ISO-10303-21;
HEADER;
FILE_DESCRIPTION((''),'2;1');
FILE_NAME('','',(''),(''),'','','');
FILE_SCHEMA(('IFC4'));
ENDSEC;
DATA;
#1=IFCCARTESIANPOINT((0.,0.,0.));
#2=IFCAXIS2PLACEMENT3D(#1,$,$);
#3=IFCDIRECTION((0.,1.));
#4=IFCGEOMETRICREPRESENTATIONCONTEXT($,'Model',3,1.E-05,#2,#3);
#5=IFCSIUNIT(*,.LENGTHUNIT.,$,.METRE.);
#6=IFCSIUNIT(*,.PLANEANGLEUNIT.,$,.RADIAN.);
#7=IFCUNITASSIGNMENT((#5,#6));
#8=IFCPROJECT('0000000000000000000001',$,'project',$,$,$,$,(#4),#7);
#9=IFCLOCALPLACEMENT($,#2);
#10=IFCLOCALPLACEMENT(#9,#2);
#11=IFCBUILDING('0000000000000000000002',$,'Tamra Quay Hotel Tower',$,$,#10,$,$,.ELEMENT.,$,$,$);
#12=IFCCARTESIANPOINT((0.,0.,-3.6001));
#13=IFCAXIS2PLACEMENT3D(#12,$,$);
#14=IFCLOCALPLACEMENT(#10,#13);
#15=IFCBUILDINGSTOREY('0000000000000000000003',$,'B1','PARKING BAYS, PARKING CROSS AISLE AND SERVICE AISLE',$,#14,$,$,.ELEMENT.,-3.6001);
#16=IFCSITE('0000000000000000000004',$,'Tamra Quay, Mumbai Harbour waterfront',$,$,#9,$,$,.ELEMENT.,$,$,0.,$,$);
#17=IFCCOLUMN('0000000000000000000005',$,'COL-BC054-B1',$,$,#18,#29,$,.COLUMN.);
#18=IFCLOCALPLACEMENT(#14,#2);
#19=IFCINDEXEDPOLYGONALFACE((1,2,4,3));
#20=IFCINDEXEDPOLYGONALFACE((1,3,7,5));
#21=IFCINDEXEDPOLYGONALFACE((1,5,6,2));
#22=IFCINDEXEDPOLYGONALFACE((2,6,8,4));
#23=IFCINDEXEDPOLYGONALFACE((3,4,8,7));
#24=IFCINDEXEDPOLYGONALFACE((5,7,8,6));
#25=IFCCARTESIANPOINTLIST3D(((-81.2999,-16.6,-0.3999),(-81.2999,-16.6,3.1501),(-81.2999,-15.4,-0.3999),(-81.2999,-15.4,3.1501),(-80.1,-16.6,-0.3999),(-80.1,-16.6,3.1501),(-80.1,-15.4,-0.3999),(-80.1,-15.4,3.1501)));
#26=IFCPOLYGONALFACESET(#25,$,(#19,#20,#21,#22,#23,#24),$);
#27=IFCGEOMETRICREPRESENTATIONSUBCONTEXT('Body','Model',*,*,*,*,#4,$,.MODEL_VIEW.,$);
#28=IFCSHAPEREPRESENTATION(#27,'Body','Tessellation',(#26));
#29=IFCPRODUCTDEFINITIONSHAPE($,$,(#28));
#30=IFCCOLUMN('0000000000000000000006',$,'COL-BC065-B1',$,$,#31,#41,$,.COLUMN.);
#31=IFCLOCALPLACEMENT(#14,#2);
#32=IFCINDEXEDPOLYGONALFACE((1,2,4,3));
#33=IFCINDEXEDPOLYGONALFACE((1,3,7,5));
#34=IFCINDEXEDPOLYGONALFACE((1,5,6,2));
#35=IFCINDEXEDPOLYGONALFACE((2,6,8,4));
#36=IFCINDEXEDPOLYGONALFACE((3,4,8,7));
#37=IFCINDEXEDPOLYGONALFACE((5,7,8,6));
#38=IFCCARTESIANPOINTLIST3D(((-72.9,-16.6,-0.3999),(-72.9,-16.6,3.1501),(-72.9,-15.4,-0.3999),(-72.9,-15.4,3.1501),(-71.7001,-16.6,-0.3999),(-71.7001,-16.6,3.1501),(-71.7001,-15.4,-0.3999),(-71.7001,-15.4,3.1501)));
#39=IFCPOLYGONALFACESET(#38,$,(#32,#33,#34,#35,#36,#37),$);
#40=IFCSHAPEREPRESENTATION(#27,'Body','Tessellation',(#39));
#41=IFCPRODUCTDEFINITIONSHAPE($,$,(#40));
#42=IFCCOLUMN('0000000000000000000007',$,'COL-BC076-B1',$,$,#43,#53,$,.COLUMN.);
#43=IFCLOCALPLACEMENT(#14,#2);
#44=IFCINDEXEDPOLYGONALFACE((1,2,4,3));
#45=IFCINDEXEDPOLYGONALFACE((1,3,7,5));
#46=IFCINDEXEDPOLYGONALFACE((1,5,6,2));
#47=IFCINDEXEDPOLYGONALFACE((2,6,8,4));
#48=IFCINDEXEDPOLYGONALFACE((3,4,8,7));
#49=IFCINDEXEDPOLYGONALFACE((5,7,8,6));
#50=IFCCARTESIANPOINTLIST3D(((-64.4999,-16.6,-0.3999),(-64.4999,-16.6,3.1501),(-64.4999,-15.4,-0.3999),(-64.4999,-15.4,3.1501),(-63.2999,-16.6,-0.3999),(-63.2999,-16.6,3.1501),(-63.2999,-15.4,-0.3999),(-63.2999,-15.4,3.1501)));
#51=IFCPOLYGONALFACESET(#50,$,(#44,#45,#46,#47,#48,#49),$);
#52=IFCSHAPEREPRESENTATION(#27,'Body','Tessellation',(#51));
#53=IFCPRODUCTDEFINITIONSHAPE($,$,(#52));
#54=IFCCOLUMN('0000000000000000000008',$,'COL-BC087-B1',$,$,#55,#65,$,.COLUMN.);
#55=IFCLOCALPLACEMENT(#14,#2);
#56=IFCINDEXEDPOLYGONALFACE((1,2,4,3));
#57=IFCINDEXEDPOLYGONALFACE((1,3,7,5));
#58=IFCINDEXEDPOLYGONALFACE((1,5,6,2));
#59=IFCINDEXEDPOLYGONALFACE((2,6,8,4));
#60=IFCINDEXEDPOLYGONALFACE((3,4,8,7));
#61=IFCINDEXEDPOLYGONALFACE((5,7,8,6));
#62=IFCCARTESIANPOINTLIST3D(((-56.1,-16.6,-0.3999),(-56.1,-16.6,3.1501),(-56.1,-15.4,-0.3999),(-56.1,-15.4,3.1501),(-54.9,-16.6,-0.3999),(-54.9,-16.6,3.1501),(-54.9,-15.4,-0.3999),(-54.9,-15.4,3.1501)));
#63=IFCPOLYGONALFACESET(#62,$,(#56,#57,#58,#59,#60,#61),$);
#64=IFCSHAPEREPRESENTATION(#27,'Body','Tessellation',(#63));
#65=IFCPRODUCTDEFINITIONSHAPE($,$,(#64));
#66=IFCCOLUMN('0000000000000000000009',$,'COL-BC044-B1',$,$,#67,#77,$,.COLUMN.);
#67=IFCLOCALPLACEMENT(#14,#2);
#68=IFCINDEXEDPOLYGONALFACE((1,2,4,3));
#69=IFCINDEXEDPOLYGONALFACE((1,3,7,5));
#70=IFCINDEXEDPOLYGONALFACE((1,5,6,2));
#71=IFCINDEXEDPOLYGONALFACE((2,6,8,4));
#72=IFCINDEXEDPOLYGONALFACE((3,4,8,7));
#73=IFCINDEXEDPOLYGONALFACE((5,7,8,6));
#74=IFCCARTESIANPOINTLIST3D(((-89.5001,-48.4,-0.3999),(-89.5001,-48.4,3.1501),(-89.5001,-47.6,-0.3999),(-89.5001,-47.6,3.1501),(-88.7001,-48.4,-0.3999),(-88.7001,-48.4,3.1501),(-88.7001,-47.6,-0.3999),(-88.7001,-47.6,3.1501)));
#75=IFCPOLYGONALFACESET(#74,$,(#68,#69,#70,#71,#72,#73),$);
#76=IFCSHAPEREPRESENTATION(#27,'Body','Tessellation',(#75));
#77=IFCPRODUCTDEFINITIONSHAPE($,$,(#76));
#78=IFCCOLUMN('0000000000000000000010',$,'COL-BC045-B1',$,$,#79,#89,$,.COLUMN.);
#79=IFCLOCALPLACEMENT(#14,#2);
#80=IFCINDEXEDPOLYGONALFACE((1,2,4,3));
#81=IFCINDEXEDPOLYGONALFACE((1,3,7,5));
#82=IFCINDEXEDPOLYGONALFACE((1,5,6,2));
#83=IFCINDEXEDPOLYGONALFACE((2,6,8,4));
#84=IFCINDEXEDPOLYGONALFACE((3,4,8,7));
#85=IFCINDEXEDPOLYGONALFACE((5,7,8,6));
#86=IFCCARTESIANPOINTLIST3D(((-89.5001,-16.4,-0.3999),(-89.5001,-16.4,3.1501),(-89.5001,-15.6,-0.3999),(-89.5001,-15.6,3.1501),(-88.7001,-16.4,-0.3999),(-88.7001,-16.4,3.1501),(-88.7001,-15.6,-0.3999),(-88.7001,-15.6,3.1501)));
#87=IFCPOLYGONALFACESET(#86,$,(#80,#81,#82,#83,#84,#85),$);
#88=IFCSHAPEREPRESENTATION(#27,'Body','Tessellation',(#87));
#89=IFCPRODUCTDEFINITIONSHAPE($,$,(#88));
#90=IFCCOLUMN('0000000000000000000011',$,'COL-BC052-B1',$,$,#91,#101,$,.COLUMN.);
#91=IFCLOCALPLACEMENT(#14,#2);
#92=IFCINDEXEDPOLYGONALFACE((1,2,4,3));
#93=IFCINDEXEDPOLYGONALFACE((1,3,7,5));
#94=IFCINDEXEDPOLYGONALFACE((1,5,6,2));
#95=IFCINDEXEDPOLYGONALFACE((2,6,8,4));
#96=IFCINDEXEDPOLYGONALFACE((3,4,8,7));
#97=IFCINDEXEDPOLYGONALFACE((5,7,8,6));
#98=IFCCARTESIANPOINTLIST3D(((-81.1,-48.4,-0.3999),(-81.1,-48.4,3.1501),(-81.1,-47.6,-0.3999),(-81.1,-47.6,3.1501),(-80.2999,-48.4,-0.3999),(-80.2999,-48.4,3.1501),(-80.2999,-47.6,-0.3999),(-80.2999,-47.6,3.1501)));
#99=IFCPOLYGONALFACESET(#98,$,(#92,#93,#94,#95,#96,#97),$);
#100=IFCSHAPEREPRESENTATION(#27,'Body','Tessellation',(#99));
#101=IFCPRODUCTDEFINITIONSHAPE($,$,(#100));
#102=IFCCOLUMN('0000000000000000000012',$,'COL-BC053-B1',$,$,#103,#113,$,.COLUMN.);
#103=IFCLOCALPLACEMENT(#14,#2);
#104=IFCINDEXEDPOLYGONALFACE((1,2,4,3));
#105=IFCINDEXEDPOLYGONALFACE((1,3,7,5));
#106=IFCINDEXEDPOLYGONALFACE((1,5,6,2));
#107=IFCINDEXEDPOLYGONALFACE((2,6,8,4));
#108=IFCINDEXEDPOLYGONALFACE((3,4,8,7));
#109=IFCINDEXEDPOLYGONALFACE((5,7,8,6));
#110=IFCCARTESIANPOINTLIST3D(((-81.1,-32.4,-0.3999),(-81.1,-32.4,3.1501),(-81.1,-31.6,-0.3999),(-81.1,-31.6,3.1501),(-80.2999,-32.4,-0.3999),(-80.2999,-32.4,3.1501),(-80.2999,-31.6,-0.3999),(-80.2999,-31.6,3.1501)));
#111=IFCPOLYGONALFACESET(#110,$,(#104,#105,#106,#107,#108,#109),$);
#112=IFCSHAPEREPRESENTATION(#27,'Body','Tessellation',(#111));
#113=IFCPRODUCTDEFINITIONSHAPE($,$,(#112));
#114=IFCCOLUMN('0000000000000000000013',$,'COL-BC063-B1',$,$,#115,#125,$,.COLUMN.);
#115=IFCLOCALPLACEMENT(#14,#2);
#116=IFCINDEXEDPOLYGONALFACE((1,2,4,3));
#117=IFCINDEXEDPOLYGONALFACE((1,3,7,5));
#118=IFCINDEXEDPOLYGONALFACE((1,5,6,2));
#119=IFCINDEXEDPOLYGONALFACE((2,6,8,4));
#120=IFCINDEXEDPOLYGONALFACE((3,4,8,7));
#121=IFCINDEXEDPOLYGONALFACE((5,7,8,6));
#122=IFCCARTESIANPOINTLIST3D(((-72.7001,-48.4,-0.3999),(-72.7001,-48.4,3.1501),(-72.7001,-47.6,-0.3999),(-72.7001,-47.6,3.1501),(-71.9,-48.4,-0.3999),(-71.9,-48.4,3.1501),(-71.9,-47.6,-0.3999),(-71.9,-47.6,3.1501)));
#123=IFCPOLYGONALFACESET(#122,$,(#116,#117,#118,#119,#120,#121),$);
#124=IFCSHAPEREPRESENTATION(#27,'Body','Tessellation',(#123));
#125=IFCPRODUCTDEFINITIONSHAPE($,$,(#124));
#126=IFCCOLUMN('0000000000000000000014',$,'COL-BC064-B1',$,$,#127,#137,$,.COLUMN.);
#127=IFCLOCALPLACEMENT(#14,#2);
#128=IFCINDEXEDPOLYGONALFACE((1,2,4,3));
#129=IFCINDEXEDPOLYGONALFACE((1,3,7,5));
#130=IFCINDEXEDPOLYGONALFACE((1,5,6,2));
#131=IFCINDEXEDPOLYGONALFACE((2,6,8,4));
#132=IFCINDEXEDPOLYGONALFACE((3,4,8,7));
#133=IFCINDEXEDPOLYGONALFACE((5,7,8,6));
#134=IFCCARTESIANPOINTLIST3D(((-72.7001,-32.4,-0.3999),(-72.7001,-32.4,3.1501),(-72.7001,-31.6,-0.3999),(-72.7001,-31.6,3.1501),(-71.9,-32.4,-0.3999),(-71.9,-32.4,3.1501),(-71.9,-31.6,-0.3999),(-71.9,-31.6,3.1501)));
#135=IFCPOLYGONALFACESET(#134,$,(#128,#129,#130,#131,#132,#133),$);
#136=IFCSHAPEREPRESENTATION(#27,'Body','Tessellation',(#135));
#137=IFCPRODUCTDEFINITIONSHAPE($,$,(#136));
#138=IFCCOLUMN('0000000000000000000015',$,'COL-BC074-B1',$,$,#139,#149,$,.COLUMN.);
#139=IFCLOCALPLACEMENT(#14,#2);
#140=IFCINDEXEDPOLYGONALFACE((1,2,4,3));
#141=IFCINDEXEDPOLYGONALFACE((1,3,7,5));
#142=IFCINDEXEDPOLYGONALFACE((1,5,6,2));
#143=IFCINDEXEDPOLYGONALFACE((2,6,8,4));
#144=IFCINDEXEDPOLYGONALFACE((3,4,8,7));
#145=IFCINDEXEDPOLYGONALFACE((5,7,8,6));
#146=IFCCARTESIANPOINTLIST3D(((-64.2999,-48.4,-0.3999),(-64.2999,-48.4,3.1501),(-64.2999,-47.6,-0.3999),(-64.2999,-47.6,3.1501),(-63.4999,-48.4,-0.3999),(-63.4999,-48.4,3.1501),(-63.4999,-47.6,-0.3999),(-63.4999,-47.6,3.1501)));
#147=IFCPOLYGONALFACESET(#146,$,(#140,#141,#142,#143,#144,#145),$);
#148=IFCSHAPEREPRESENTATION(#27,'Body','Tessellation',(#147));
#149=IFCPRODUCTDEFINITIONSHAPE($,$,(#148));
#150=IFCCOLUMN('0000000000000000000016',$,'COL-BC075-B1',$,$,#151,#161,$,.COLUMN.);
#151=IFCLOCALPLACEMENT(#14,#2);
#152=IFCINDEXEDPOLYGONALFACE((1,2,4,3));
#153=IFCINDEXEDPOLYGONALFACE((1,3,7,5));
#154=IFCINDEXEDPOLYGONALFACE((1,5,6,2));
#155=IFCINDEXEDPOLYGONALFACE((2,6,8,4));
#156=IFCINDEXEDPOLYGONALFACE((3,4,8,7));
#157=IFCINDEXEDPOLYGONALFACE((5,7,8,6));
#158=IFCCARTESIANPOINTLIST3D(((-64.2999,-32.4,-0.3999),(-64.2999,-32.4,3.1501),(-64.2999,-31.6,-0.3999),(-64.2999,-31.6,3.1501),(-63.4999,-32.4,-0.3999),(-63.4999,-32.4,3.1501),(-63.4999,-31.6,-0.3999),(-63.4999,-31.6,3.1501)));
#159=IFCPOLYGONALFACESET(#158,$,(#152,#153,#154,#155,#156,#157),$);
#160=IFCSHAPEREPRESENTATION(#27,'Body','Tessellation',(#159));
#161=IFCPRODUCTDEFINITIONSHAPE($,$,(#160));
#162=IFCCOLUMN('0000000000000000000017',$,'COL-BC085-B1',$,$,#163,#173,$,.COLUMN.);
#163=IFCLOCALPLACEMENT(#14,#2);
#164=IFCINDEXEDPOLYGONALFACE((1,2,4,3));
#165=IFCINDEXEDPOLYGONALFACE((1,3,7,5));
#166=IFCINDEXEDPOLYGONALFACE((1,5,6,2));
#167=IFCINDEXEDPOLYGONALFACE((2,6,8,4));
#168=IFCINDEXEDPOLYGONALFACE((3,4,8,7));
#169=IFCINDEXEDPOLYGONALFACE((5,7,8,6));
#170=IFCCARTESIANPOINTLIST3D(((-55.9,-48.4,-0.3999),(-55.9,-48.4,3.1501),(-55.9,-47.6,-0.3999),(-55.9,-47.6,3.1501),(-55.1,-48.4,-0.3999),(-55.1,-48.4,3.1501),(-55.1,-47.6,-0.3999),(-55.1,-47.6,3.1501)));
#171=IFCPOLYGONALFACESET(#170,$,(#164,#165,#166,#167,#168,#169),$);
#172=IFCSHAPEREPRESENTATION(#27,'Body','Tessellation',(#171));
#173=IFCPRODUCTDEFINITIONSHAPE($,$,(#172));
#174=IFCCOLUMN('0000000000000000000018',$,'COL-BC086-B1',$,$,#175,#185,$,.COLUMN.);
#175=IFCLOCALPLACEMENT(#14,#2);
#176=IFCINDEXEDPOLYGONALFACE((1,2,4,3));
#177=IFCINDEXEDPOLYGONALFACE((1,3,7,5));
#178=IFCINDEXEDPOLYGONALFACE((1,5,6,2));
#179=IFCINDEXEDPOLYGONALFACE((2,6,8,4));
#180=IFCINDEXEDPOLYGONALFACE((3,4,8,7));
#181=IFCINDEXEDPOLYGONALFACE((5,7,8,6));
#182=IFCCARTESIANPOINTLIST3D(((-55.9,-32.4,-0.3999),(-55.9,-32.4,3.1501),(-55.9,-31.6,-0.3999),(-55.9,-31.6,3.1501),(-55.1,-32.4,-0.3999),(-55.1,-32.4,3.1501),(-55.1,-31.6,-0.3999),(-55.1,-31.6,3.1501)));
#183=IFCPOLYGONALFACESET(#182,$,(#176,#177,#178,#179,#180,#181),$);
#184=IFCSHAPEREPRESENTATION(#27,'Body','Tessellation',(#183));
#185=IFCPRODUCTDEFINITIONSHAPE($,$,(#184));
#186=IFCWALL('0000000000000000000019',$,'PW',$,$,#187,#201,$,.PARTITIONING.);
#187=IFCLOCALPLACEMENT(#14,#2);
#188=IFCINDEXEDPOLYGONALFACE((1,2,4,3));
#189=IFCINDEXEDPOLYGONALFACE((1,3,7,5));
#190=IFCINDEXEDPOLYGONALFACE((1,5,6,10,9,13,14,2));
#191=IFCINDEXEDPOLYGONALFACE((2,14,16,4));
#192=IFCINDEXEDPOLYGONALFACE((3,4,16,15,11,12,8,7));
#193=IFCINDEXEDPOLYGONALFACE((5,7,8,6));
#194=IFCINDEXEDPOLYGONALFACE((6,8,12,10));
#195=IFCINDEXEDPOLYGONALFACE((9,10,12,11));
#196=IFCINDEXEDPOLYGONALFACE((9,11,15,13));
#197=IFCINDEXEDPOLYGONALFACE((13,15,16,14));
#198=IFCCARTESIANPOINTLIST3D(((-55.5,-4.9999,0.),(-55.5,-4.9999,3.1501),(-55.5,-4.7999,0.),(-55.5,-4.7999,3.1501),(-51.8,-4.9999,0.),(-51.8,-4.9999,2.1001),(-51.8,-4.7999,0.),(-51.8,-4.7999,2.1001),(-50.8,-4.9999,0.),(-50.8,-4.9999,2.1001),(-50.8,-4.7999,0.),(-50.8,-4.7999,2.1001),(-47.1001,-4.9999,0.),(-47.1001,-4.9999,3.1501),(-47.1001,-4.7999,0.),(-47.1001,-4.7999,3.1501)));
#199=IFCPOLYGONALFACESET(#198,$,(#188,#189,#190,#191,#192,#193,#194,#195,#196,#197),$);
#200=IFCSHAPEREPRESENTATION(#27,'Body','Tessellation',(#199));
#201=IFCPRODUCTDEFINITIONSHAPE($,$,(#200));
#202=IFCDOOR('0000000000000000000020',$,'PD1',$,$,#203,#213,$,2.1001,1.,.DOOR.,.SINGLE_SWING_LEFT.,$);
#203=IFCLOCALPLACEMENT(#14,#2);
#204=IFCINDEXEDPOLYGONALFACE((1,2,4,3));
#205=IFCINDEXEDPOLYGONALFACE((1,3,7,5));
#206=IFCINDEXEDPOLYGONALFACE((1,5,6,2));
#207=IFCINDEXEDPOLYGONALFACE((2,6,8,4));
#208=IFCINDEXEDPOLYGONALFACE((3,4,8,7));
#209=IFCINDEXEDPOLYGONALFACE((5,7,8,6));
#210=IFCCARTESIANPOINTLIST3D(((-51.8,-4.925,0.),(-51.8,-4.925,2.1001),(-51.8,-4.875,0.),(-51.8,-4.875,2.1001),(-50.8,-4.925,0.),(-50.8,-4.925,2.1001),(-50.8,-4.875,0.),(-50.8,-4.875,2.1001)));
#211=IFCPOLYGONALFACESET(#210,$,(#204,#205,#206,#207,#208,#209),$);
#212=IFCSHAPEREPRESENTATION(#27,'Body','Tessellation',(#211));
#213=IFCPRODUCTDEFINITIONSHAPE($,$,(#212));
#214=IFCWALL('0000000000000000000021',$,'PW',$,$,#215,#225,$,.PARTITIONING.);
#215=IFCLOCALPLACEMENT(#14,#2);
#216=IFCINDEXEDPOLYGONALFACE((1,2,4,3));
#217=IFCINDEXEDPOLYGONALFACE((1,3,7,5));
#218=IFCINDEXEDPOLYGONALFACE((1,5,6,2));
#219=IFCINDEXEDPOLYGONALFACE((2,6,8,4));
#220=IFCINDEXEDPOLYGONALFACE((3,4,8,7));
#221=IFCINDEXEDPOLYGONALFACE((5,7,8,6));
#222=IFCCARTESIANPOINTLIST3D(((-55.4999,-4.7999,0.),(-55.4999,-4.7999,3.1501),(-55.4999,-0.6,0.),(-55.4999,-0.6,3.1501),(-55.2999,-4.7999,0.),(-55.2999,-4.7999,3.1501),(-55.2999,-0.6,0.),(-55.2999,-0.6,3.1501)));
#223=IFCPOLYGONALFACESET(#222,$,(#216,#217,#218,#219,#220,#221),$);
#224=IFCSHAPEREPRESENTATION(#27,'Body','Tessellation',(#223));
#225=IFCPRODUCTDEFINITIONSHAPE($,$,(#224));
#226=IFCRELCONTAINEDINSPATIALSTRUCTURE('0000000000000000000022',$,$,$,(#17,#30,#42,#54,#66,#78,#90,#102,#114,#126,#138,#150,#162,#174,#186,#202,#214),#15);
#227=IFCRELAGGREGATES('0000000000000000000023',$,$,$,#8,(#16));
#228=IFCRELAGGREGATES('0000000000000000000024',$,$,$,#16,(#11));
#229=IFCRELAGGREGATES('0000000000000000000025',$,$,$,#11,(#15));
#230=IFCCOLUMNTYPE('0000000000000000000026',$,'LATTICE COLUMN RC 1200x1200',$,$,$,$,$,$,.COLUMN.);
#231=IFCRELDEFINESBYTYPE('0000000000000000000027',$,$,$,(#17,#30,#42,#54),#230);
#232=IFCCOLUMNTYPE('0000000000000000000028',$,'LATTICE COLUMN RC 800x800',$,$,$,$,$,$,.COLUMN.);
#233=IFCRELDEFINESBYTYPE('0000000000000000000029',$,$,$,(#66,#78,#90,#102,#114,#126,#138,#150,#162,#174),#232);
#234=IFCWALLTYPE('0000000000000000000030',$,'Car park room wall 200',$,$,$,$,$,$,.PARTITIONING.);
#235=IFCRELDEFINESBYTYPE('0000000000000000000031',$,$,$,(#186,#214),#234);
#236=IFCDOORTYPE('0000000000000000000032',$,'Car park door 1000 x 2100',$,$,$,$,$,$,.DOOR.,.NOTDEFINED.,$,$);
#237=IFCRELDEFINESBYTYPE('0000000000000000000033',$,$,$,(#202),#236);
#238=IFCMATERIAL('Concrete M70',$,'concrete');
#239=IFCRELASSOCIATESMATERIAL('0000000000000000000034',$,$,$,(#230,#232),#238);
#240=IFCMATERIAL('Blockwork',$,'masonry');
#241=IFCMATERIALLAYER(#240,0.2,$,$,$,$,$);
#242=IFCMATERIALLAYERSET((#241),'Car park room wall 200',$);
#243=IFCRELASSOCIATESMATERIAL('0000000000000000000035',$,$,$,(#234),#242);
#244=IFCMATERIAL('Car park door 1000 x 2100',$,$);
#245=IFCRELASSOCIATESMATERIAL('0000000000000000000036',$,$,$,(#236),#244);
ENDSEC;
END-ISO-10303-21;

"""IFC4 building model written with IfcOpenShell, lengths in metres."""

from ifc_helpers import new_model, si_unit, direction, frame, frame_2d, origin, origin_2d, place, context, subcontext, project, spatial, rectangle, extrude, material, layer, layer_set, material_profile, profile_set, type_object, element, fill, save


model = new_model("IFC4")

# Units and contexts
model_context = context("Model", 3, precision=1e-05, world=origin(), true_north=direction((0.0, 1.0)))
body_context = subcontext(model_context, "Body", "Model", "MODEL_VIEW")
ifc_project = project(units=[si_unit("LENGTHUNIT", "METRE"), si_unit("PLANEANGLEUNIT", "RADIAN")], contexts=[model_context])

# Site, building, storey
site_placement = place(None, origin())
site = spatial("IfcSite", under=ifc_project, at=site_placement, Name="Tamra Quay, Mumbai Harbour waterfront", CompositionType="ELEMENT", RefElevation=0.0)
building_placement = place(site_placement, origin())
building = spatial("IfcBuilding", under=site, at=building_placement, Name="Tamra Quay Hotel Tower", CompositionType="ELEMENT")
storey_placement = place(building_placement, frame((0.0, 0.0, -3.6001)))
storey = spatial("IfcBuildingStorey", under=building, at=storey_placement, Name="B1", Description="PARKING BAYS, PARKING CROSS AISLE AND SERVICE AISLE", CompositionType="ELEMENT", Elevation=-3.6001)

# Columns
ifc_material_1 = material(Name="Concrete M70", Category="concrete")
ifc_material_profile_1 = material_profile(ifc_material_1, rectangle(XDim=1.2, YDim=1.2, at=origin_2d()), Name="LATTICE COLUMN RC 1200x1200")
ifc_profile_set_1 = profile_set([ifc_material_profile_1], Name="Concrete M70")
column_type_1 = type_object("IfcColumnType", Name="LATTICE COLUMN RC 1200x1200", PredefinedType="COLUMN", material=ifc_profile_set_1)
for number, where, z_axis, x_axis, name in (
    (1, (-80.7, -16.0, -0.3999), (0.0, 0.0, 1.0), (1.0, 0.0, 0.0), "COL-BC054-B1"),
    (2, (-72.3, -16.0, -0.3999), (0.0, 0.0, 1.0), (1.0, 0.0, 0.0), "COL-BC065-B1"),
    (3, (-63.8999, -16.0, -0.3999), (0.0, 0.0, 1.0), (1.0, 0.0, 0.0), "COL-BC076-B1"),
    (4, (-55.5, -16.0, -0.3999), (0.0, 0.0, 1.0), (1.0, 0.0, 0.0), "COL-BC087-B1"),
):
    element("IfcColumn", number, at=place(storey_placement, frame(where, z_axis=z_axis, x_axis=x_axis)), inside=storey, type_object=column_type_1, Name=name, PredefinedType="COLUMN", context=body_context, shape_type="SweptSolid", body=[
        extrude(rectangle(XDim=1.2, YDim=1.2, at=origin_2d()), origin(), (0.0, 0.0, 1.0), 3.55),
    ])
ifc_material_profile_2 = material_profile(ifc_material_1, rectangle(XDim=0.8, YDim=0.8, at=origin_2d()), Name="LATTICE COLUMN RC 800x800")
ifc_profile_set_2 = profile_set([ifc_material_profile_2], Name="Concrete M70")
column_type_2 = type_object("IfcColumnType", Name="LATTICE COLUMN RC 800x800", PredefinedType="COLUMN", material=ifc_profile_set_2)
for number, where, z_axis, x_axis, name in (
    (5, (-89.1001, -48.0, -0.3999), (0.0, 0.0, 1.0), (1.0, 0.0, 0.0), "COL-BC044-B1"),
    (6, (-89.1001, -16.0, -0.3999), (0.0, 0.0, 1.0), (1.0, 0.0, 0.0), "COL-BC045-B1"),
    (7, (-80.7, -48.0, -0.3999), (0.0, 0.0, 1.0), (1.0, 0.0, 0.0), "COL-BC052-B1"),
    (8, (-80.7, -32.0, -0.3999), (0.0, 0.0, 1.0), (1.0, 0.0, 0.0), "COL-BC053-B1"),
    (9, (-72.3, -48.0, -0.3999), (0.0, 0.0, 1.0), (1.0, 0.0, 0.0), "COL-BC063-B1"),
    (10, (-72.3, -32.0, -0.3999), (0.0, 0.0, 1.0), (1.0, 0.0, 0.0), "COL-BC064-B1"),
    (11, (-63.8999, -48.0, -0.3999), (0.0, 0.0, 1.0), (1.0, 0.0, 0.0), "COL-BC074-B1"),
    (12, (-63.8999, -32.0, -0.3999), (0.0, 0.0, 1.0), (1.0, 0.0, 0.0), "COL-BC075-B1"),
    (13, (-55.5, -48.0, -0.3999), (0.0, 0.0, 1.0), (1.0, 0.0, 0.0), "COL-BC085-B1"),
    (14, (-55.5, -32.0, -0.3999), (0.0, 0.0, 1.0), (1.0, 0.0, 0.0), "COL-BC086-B1"),
):
    element("IfcColumn", number, at=place(storey_placement, frame(where, z_axis=z_axis, x_axis=x_axis)), inside=storey, type_object=column_type_2, Name=name, PredefinedType="COLUMN", context=body_context, shape_type="SweptSolid", body=[
        extrude(rectangle(XDim=0.8, YDim=0.8, at=origin_2d()), origin(), (0.0, 0.0, 1.0), 3.55),
    ])

# Wall, opening, door
ifc_material_2 = material(Name="Blockwork", Category="masonry")
ifc_layer_1 = layer(ifc_material_2, 0.2)
ifc_layer_set_1 = layer_set([ifc_layer_1], Name="Car park room wall 200")
wall_type_1 = type_object("IfcWallType", Name="Car park room wall 200", PredefinedType="PARTITIONING", material=ifc_layer_set_1)
wall_1_placement = place(storey_placement, frame((-55.5, -4.8999, 0.0), z_axis=(0.0, 0.0, 1.0), x_axis=(1.0, 0.0, 0.0)))
wall_1 = element("IfcWall", 15, at=wall_1_placement, inside=storey, type_object=wall_type_1, Name="PW", PredefinedType="PARTITIONING", context=body_context, shape_type="SweptSolid", body=[
    extrude(rectangle(XDim=8.3999, YDim=0.2, at=frame_2d((4.2, 0.0))), origin(), (0.0, 0.0, 1.0), 3.1501),
])
opening_placement = place(wall_1_placement, frame((3.7, 0.0, 0.0)))
opening = element("IfcOpeningElement", 16, at=opening_placement, cuts=wall_1, PredefinedType="OPENING", context=body_context, shape_type="SweptSolid", body=[
    extrude(rectangle(XDim=1.0, YDim=2.1001, at=frame_2d((0.5, 1.05))), frame((0.0, 0.1099, 0.0), z_axis=(0.0, -1.0, 0.0), x_axis=(1.0, 0.0, 0.0)), (0.0, 0.0, 1.0), 0.22),
])
ifc_material_3 = material(Name="Car park door 1000 x 2100")
door_type = type_object("IfcDoorType", Name="Car park door 1000 x 2100", OperationType="NOTDEFINED", PredefinedType="DOOR", material=ifc_material_3)
door_placement = place(opening_placement, origin())
door = element("IfcDoor", 17, at=door_placement, inside=storey, type_object=door_type, Name="PD1", OperationType="SINGLE_SWING_LEFT", OverallHeight=2.1001, OverallWidth=1.0, PredefinedType="DOOR", context=body_context, shape_type="SweptSolid", body=[
    extrude(rectangle(XDim=1.0, YDim=2.1001, at=frame_2d((0.5, 1.05))), frame((0.0, 0.0249, 0.0), z_axis=(0.0, -1.0, 0.0), x_axis=(1.0, 0.0, 0.0)), (0.0, 0.0, 1.0), 0.05),
])
fill(opening, door)

# Wall
wall_2_placement = place(storey_placement, frame((-55.3999, -4.8, 0.0), z_axis=(0.0, 0.0, 1.0), x_axis=(0.0, 1.0, 0.0)))
element("IfcWall", 18, at=wall_2_placement, inside=storey, type_object=wall_type_1, Name="PW", PredefinedType="PARTITIONING", context=body_context, shape_type="SweptSolid", body=[
    extrude(rectangle(XDim=4.2, YDim=0.2, at=frame_2d((2.1001, 0.0))), origin(), (0.0, 0.0, 1.0), 3.1501),
])

save(model, "model.ifc")
